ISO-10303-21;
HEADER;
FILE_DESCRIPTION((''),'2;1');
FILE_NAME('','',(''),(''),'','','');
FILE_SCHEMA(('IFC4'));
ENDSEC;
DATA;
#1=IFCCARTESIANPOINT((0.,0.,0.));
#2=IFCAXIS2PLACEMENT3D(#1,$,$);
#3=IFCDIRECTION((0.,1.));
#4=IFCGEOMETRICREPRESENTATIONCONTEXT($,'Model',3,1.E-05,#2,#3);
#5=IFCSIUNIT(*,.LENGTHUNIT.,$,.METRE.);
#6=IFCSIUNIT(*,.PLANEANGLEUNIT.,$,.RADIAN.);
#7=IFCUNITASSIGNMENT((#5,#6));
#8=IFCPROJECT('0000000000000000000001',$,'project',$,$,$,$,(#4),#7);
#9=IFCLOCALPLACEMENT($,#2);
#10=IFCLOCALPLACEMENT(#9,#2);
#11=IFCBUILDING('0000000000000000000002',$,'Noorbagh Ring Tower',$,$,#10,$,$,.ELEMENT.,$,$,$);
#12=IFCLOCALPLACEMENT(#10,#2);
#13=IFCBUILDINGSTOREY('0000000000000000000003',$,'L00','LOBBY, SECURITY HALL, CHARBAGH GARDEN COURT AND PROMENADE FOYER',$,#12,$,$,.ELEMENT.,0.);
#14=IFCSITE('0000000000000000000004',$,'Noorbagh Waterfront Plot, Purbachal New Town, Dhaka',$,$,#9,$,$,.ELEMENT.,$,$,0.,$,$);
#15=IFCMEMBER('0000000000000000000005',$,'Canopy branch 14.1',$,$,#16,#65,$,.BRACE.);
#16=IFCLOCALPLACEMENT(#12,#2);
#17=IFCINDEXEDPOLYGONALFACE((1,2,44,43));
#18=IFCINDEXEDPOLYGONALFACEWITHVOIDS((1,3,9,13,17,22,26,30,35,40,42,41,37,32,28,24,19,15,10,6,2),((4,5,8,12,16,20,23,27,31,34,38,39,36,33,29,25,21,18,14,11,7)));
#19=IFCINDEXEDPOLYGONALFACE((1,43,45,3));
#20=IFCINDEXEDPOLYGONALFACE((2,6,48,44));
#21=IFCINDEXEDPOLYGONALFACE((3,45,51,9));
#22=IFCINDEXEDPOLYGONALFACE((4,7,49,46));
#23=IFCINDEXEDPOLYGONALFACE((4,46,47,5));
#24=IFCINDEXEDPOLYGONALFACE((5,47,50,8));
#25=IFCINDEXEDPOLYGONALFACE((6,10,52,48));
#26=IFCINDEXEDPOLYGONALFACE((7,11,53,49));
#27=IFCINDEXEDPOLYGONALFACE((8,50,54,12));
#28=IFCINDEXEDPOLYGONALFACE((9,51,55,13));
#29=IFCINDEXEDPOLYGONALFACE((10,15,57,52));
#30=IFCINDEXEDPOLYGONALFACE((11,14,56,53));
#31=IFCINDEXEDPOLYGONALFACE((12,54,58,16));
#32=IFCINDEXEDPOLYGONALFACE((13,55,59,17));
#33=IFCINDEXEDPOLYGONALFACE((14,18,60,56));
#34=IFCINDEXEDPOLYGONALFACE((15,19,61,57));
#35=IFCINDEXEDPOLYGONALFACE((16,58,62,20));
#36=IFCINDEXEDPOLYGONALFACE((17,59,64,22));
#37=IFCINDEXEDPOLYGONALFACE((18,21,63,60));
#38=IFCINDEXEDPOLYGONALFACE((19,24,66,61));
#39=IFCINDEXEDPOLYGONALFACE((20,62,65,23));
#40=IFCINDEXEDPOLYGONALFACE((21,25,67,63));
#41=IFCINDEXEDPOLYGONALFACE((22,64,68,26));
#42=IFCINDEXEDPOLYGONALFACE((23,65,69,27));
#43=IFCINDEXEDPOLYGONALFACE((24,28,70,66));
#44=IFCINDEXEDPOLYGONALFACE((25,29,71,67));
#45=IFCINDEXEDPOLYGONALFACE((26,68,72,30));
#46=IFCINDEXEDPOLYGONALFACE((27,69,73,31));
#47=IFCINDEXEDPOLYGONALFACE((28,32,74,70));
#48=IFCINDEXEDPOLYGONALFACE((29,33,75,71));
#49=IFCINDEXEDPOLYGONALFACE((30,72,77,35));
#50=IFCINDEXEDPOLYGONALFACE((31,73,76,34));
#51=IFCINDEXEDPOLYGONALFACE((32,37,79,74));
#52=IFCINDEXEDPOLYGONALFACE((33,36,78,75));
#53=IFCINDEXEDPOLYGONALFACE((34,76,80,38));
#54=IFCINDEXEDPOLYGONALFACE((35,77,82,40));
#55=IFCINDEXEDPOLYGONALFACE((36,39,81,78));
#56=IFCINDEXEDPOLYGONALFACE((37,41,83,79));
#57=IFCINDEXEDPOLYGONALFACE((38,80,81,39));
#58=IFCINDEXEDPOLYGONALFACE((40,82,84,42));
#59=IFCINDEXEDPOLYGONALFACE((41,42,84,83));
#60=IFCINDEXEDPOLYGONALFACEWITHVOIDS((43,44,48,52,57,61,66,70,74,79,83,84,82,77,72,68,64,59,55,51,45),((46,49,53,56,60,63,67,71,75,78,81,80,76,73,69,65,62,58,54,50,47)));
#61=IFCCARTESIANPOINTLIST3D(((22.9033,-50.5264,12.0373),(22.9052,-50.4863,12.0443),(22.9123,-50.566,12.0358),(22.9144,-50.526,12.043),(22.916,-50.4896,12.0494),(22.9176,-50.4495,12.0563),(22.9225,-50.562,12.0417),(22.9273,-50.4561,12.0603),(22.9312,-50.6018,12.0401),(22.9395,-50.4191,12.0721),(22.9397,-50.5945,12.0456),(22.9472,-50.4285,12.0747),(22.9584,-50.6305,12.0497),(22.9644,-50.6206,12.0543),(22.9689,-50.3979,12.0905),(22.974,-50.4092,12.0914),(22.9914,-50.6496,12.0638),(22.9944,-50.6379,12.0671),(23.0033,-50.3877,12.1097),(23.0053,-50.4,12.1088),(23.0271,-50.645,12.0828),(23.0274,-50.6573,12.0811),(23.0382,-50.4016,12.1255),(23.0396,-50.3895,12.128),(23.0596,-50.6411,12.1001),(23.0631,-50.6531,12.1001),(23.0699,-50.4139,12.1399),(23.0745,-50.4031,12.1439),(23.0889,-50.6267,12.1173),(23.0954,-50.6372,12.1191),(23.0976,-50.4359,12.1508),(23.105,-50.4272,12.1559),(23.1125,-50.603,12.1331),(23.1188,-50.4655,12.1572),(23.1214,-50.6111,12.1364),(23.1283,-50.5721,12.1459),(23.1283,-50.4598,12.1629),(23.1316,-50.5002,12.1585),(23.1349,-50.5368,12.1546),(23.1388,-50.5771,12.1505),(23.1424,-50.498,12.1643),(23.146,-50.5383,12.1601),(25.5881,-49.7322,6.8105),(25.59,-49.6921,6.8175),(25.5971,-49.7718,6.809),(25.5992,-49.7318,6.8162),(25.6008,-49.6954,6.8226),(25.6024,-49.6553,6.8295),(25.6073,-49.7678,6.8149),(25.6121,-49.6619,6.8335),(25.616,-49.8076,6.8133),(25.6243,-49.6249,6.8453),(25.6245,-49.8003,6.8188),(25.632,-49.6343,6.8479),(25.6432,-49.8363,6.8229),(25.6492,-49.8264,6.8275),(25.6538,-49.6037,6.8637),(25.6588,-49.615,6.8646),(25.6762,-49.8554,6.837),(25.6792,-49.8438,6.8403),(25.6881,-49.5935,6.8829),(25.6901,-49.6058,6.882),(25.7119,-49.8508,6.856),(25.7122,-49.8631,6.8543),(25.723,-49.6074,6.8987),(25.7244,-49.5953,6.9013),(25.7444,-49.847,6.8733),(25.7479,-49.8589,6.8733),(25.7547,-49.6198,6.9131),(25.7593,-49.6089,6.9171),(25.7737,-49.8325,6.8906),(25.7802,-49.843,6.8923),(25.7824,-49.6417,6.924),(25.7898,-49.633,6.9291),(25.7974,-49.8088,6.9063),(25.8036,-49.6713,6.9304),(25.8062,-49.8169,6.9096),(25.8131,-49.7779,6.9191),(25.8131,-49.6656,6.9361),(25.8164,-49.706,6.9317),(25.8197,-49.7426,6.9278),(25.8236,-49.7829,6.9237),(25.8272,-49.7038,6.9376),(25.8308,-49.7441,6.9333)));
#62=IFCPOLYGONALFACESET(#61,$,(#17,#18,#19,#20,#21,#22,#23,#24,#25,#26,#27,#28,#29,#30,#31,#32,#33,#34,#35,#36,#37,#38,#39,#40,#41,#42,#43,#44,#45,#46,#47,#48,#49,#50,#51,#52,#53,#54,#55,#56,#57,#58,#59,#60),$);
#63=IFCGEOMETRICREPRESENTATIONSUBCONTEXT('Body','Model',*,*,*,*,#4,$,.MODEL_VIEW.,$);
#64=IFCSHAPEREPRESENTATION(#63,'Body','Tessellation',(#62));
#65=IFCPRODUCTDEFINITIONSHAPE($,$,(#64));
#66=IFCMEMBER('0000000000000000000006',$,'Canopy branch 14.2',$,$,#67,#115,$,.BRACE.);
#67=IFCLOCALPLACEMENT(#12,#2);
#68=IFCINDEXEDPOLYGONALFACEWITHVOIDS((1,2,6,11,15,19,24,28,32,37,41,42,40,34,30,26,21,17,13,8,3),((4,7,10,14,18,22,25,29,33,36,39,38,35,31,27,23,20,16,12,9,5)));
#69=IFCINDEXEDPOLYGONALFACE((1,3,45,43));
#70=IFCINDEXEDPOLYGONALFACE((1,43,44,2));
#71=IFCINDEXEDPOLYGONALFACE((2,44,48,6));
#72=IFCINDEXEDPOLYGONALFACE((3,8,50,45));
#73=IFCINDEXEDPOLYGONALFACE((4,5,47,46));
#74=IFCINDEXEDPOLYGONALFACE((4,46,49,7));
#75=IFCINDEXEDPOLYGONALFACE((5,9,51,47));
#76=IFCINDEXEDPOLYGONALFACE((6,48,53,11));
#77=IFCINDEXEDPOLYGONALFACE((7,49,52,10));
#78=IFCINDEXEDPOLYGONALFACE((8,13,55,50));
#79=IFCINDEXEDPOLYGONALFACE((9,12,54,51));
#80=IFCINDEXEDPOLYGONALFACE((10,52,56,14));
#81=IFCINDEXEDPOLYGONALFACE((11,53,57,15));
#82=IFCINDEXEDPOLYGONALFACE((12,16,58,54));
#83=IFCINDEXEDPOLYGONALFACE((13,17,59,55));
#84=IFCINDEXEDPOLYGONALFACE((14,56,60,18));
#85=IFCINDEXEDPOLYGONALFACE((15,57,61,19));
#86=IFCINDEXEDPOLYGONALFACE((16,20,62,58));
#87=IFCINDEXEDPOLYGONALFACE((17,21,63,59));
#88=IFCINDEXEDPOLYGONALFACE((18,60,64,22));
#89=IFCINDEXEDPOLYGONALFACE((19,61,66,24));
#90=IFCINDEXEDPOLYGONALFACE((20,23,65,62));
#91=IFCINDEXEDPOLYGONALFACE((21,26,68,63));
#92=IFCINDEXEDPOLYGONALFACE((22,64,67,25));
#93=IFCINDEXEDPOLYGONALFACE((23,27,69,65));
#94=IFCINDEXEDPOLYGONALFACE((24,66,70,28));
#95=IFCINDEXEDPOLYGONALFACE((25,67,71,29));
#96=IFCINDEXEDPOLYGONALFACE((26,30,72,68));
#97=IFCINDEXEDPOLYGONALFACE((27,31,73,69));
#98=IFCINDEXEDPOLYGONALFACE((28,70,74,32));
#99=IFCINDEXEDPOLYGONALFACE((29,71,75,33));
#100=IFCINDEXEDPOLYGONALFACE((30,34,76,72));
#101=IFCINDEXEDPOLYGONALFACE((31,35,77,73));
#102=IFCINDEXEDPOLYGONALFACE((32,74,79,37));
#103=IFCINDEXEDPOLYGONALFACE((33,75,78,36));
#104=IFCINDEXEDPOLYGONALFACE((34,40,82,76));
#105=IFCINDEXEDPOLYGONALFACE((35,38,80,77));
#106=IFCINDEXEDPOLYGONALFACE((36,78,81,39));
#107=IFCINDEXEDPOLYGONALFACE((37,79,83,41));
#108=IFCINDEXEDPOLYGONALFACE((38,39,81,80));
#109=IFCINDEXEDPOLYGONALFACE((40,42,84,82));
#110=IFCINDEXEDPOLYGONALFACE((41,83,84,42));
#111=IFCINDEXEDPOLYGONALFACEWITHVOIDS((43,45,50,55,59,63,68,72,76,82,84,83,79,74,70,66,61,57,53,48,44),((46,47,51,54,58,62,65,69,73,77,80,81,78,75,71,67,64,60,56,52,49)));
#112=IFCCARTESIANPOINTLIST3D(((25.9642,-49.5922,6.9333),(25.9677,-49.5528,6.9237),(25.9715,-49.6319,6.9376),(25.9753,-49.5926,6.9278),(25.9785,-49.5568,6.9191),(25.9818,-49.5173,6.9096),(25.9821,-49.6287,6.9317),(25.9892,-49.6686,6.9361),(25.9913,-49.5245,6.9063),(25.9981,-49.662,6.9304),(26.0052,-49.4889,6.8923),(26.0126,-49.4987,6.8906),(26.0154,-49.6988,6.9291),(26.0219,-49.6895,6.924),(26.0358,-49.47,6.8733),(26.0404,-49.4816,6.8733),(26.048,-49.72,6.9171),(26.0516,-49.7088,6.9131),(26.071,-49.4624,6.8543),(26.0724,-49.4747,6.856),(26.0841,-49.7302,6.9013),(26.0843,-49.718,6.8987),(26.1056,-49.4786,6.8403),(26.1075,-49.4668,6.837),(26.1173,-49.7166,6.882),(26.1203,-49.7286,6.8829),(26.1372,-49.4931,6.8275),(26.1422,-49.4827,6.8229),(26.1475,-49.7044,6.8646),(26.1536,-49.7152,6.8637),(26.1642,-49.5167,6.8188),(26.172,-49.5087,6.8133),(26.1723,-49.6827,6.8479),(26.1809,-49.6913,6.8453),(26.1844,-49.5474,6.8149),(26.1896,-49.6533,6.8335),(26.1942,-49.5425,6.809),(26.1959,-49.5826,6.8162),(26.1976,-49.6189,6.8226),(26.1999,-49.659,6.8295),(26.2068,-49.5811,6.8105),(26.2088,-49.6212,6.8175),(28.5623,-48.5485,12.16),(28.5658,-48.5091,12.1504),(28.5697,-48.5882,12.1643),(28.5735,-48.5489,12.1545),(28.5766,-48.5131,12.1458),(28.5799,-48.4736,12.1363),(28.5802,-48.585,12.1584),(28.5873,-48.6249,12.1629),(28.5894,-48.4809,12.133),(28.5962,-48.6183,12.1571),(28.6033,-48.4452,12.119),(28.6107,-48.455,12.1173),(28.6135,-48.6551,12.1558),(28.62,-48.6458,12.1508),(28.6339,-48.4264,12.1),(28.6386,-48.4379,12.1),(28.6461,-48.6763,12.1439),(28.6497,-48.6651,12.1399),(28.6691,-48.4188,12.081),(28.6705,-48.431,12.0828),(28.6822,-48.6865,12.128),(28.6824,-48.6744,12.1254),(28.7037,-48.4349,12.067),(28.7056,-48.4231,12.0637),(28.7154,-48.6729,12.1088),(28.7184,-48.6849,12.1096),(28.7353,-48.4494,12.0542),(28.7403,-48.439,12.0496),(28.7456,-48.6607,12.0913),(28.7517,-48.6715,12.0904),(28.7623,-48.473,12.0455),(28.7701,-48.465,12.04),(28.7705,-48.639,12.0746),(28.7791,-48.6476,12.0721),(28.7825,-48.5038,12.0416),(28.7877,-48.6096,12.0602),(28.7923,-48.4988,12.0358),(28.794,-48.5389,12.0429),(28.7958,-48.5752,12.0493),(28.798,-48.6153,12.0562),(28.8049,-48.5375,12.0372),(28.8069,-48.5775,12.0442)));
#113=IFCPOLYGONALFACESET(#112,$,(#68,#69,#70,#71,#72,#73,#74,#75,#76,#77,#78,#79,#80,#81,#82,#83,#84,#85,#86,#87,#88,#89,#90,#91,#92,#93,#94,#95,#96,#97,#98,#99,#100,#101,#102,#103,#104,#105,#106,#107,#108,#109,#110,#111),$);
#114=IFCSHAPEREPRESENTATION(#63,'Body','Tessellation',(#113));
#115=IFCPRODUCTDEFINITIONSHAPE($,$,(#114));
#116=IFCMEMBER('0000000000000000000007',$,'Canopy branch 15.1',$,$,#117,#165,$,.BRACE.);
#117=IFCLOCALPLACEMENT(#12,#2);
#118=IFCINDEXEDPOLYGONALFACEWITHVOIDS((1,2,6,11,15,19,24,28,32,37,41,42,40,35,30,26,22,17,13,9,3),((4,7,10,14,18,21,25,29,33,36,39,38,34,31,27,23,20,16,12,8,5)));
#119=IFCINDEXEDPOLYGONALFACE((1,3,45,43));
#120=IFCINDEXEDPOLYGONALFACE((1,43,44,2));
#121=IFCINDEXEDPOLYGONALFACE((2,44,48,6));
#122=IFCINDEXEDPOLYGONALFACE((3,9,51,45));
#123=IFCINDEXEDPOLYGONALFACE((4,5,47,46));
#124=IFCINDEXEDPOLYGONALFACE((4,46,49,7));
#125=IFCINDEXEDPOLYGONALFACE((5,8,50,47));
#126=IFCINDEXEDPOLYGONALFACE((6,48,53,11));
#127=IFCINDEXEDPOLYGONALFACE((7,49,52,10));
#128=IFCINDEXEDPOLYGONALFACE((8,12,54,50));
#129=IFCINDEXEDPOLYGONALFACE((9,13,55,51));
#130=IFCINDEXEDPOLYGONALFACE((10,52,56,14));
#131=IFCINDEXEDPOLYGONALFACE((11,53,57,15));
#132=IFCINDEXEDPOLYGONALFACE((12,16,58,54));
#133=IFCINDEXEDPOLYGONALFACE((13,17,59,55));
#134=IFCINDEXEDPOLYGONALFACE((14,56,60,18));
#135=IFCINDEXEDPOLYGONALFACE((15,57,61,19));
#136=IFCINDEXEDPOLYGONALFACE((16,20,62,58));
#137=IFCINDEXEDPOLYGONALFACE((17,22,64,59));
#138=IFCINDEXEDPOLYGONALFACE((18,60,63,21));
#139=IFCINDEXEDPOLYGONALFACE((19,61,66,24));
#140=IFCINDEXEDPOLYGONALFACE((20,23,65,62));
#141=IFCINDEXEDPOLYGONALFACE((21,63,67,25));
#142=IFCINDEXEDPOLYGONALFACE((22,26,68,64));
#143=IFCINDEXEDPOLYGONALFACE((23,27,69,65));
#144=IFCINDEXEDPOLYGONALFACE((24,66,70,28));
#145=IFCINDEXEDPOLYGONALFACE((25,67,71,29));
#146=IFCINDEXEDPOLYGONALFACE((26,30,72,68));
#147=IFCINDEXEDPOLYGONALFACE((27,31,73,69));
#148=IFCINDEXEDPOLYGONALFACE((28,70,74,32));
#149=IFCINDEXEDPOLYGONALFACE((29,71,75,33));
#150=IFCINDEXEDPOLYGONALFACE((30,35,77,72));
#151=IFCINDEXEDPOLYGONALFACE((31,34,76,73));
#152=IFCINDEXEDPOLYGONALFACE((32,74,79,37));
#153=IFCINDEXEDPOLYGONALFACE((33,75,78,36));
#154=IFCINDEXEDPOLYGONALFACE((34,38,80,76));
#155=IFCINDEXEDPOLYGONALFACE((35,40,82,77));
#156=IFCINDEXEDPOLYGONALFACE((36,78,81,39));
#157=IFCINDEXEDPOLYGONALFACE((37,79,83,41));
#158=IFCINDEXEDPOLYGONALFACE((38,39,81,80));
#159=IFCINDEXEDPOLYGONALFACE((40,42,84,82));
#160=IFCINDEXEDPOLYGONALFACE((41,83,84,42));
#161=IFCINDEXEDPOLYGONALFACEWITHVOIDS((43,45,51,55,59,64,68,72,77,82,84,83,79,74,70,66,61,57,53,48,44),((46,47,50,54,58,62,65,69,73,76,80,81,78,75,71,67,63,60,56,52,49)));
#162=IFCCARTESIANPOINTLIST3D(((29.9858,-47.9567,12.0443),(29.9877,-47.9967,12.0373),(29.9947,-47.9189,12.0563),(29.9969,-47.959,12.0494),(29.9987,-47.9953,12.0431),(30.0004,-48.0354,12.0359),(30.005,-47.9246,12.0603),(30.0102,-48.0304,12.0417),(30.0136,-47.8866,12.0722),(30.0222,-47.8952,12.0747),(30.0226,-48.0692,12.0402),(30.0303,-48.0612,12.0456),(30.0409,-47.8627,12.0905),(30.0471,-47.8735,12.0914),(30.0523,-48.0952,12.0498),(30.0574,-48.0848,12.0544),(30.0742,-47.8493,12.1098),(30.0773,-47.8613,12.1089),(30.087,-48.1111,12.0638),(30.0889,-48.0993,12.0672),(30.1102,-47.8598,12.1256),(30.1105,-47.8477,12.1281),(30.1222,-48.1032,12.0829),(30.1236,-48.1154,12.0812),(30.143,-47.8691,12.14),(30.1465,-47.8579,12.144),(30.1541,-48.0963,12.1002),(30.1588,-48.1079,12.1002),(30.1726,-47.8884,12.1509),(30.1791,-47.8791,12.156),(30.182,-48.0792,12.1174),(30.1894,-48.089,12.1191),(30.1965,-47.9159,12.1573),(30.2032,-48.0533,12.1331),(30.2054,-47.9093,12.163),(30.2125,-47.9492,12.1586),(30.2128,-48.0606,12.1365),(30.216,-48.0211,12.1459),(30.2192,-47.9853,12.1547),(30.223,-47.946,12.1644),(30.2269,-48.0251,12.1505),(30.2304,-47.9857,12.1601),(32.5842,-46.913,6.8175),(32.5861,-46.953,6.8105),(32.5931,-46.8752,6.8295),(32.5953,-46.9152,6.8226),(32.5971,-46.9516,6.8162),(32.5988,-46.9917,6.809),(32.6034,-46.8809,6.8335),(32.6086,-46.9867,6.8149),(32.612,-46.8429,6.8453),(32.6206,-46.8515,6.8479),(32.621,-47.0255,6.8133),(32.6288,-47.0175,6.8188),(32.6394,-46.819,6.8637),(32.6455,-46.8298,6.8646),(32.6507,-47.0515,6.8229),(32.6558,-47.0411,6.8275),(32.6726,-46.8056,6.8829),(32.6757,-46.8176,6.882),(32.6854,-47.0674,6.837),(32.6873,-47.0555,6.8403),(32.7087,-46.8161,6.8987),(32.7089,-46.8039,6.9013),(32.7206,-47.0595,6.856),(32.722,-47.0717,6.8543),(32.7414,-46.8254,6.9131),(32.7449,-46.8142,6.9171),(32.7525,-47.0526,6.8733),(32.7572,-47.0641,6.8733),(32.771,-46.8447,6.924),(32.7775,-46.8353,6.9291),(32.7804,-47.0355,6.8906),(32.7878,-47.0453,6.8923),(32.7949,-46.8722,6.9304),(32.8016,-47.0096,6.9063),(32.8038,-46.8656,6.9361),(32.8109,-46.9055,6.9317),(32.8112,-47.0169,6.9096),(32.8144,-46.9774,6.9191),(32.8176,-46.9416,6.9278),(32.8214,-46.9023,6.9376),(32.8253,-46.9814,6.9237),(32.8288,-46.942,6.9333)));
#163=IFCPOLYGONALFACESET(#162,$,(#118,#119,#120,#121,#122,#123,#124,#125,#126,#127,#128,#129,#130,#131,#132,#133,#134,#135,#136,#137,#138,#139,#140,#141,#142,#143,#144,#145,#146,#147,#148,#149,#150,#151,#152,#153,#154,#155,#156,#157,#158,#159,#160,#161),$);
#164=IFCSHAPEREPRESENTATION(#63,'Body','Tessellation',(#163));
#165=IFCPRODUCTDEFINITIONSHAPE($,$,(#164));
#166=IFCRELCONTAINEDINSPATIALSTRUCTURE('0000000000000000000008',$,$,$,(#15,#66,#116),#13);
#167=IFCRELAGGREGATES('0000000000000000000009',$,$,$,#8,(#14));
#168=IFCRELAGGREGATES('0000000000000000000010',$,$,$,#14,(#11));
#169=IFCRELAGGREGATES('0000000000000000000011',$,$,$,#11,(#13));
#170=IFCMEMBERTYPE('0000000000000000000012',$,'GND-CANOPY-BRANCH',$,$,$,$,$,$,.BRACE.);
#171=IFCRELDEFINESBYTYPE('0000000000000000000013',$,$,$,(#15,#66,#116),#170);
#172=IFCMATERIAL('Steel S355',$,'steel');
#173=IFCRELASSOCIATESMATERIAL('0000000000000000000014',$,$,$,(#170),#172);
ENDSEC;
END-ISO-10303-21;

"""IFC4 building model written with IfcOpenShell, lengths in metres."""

from ifc_helpers import new_model, si_unit, direction, frame, origin, origin_2d, place, context, subcontext, project, spatial, hollow_circle, extrude, material, material_profile, profile_set, type_object, element, save


model = new_model("IFC4")

# Units and contexts
model_context = context("Model", 3, precision=1e-05, world=origin(), true_north=direction((0.0, 1.0)))
body_context = subcontext(model_context, "Body", "Model", "MODEL_VIEW")
ifc_project = project(units=[si_unit("LENGTHUNIT", "METRE"), si_unit("PLANEANGLEUNIT", "RADIAN")], contexts=[model_context])

# Site, building, storey
site_placement = place(None, origin())
site = spatial("IfcSite", under=ifc_project, at=site_placement, Name="Noorbagh Waterfront Plot, Purbachal New Town, Dhaka", CompositionType="ELEMENT", RefElevation=0.0)
building_placement = place(site_placement, origin())
building = spatial("IfcBuilding", under=site, at=building_placement, Name="Noorbagh Ring Tower", CompositionType="ELEMENT")
storey_placement = place(building_placement, origin())
storey = spatial("IfcBuildingStorey", under=building, at=storey_placement, Name="L00", Description="LOBBY, SECURITY HALL, CHARBAGH GARDEN COURT AND PROMENADE FOYER", CompositionType="ELEMENT", Elevation=0.0)

# Members
ifc_material_1 = material(Name="Steel S355", Category="steel")
ifc_material_profile_1 = material_profile(ifc_material_1, hollow_circle(Radius=0.1365, WallThickness=0.0125, at=origin_2d()), Name="CHS273x12.5")
ifc_profile_set_1 = profile_set([ifc_material_profile_1], Name="Steel S355")
member_type = type_object("IfcMemberType", Name="GND-CANOPY-BRANCH", PredefinedType="BRACE", material=ifc_profile_set_1)
for number, where, z_axis, x_axis, name in (
    (1, (25.7092, -49.728, 6.8733), (-0.452793, -0.13394, 0.881498), (0.283658, -0.958926, 0.0), "Canopy branch 14.1"),
    (2, (26.0867, -49.5967, 6.8733), (0.438171, 0.176018, 0.881489), (-0.372758, 0.927928, 0.0), "Canopy branch 14.2"),
):
    element("IfcMember", number, at=place(storey_placement, frame(where, z_axis=z_axis, x_axis=x_axis)), inside=storey, type_object=member_type, Name=name, PredefinedType="BRACE", context=body_context, shape_type="SweptSolid", body=[
        extrude(hollow_circle(Radius=0.1365, WallThickness=0.0125, at=origin_2d()), origin(), (0.0, 0.0, 1.0), 5.9294),
    ])
member_placement = place(storey_placement, frame((32.7063, -46.9375, 6.8733), z_axis=(-0.438205, -0.176015, 0.881474), x_axis=(0.372728, -0.927941, 0.0)))
element("IfcMember", 3, at=member_placement, inside=storey, type_object=member_type, Name="Canopy branch 15.1", PredefinedType="BRACE", context=body_context, shape_type="SweptSolid", body=[
    extrude(hollow_circle(Radius=0.1365, WallThickness=0.0125, at=origin_2d()), origin(), (0.0, 0.0, 1.0), 5.9297),
])

save(model, "model.ifc")
